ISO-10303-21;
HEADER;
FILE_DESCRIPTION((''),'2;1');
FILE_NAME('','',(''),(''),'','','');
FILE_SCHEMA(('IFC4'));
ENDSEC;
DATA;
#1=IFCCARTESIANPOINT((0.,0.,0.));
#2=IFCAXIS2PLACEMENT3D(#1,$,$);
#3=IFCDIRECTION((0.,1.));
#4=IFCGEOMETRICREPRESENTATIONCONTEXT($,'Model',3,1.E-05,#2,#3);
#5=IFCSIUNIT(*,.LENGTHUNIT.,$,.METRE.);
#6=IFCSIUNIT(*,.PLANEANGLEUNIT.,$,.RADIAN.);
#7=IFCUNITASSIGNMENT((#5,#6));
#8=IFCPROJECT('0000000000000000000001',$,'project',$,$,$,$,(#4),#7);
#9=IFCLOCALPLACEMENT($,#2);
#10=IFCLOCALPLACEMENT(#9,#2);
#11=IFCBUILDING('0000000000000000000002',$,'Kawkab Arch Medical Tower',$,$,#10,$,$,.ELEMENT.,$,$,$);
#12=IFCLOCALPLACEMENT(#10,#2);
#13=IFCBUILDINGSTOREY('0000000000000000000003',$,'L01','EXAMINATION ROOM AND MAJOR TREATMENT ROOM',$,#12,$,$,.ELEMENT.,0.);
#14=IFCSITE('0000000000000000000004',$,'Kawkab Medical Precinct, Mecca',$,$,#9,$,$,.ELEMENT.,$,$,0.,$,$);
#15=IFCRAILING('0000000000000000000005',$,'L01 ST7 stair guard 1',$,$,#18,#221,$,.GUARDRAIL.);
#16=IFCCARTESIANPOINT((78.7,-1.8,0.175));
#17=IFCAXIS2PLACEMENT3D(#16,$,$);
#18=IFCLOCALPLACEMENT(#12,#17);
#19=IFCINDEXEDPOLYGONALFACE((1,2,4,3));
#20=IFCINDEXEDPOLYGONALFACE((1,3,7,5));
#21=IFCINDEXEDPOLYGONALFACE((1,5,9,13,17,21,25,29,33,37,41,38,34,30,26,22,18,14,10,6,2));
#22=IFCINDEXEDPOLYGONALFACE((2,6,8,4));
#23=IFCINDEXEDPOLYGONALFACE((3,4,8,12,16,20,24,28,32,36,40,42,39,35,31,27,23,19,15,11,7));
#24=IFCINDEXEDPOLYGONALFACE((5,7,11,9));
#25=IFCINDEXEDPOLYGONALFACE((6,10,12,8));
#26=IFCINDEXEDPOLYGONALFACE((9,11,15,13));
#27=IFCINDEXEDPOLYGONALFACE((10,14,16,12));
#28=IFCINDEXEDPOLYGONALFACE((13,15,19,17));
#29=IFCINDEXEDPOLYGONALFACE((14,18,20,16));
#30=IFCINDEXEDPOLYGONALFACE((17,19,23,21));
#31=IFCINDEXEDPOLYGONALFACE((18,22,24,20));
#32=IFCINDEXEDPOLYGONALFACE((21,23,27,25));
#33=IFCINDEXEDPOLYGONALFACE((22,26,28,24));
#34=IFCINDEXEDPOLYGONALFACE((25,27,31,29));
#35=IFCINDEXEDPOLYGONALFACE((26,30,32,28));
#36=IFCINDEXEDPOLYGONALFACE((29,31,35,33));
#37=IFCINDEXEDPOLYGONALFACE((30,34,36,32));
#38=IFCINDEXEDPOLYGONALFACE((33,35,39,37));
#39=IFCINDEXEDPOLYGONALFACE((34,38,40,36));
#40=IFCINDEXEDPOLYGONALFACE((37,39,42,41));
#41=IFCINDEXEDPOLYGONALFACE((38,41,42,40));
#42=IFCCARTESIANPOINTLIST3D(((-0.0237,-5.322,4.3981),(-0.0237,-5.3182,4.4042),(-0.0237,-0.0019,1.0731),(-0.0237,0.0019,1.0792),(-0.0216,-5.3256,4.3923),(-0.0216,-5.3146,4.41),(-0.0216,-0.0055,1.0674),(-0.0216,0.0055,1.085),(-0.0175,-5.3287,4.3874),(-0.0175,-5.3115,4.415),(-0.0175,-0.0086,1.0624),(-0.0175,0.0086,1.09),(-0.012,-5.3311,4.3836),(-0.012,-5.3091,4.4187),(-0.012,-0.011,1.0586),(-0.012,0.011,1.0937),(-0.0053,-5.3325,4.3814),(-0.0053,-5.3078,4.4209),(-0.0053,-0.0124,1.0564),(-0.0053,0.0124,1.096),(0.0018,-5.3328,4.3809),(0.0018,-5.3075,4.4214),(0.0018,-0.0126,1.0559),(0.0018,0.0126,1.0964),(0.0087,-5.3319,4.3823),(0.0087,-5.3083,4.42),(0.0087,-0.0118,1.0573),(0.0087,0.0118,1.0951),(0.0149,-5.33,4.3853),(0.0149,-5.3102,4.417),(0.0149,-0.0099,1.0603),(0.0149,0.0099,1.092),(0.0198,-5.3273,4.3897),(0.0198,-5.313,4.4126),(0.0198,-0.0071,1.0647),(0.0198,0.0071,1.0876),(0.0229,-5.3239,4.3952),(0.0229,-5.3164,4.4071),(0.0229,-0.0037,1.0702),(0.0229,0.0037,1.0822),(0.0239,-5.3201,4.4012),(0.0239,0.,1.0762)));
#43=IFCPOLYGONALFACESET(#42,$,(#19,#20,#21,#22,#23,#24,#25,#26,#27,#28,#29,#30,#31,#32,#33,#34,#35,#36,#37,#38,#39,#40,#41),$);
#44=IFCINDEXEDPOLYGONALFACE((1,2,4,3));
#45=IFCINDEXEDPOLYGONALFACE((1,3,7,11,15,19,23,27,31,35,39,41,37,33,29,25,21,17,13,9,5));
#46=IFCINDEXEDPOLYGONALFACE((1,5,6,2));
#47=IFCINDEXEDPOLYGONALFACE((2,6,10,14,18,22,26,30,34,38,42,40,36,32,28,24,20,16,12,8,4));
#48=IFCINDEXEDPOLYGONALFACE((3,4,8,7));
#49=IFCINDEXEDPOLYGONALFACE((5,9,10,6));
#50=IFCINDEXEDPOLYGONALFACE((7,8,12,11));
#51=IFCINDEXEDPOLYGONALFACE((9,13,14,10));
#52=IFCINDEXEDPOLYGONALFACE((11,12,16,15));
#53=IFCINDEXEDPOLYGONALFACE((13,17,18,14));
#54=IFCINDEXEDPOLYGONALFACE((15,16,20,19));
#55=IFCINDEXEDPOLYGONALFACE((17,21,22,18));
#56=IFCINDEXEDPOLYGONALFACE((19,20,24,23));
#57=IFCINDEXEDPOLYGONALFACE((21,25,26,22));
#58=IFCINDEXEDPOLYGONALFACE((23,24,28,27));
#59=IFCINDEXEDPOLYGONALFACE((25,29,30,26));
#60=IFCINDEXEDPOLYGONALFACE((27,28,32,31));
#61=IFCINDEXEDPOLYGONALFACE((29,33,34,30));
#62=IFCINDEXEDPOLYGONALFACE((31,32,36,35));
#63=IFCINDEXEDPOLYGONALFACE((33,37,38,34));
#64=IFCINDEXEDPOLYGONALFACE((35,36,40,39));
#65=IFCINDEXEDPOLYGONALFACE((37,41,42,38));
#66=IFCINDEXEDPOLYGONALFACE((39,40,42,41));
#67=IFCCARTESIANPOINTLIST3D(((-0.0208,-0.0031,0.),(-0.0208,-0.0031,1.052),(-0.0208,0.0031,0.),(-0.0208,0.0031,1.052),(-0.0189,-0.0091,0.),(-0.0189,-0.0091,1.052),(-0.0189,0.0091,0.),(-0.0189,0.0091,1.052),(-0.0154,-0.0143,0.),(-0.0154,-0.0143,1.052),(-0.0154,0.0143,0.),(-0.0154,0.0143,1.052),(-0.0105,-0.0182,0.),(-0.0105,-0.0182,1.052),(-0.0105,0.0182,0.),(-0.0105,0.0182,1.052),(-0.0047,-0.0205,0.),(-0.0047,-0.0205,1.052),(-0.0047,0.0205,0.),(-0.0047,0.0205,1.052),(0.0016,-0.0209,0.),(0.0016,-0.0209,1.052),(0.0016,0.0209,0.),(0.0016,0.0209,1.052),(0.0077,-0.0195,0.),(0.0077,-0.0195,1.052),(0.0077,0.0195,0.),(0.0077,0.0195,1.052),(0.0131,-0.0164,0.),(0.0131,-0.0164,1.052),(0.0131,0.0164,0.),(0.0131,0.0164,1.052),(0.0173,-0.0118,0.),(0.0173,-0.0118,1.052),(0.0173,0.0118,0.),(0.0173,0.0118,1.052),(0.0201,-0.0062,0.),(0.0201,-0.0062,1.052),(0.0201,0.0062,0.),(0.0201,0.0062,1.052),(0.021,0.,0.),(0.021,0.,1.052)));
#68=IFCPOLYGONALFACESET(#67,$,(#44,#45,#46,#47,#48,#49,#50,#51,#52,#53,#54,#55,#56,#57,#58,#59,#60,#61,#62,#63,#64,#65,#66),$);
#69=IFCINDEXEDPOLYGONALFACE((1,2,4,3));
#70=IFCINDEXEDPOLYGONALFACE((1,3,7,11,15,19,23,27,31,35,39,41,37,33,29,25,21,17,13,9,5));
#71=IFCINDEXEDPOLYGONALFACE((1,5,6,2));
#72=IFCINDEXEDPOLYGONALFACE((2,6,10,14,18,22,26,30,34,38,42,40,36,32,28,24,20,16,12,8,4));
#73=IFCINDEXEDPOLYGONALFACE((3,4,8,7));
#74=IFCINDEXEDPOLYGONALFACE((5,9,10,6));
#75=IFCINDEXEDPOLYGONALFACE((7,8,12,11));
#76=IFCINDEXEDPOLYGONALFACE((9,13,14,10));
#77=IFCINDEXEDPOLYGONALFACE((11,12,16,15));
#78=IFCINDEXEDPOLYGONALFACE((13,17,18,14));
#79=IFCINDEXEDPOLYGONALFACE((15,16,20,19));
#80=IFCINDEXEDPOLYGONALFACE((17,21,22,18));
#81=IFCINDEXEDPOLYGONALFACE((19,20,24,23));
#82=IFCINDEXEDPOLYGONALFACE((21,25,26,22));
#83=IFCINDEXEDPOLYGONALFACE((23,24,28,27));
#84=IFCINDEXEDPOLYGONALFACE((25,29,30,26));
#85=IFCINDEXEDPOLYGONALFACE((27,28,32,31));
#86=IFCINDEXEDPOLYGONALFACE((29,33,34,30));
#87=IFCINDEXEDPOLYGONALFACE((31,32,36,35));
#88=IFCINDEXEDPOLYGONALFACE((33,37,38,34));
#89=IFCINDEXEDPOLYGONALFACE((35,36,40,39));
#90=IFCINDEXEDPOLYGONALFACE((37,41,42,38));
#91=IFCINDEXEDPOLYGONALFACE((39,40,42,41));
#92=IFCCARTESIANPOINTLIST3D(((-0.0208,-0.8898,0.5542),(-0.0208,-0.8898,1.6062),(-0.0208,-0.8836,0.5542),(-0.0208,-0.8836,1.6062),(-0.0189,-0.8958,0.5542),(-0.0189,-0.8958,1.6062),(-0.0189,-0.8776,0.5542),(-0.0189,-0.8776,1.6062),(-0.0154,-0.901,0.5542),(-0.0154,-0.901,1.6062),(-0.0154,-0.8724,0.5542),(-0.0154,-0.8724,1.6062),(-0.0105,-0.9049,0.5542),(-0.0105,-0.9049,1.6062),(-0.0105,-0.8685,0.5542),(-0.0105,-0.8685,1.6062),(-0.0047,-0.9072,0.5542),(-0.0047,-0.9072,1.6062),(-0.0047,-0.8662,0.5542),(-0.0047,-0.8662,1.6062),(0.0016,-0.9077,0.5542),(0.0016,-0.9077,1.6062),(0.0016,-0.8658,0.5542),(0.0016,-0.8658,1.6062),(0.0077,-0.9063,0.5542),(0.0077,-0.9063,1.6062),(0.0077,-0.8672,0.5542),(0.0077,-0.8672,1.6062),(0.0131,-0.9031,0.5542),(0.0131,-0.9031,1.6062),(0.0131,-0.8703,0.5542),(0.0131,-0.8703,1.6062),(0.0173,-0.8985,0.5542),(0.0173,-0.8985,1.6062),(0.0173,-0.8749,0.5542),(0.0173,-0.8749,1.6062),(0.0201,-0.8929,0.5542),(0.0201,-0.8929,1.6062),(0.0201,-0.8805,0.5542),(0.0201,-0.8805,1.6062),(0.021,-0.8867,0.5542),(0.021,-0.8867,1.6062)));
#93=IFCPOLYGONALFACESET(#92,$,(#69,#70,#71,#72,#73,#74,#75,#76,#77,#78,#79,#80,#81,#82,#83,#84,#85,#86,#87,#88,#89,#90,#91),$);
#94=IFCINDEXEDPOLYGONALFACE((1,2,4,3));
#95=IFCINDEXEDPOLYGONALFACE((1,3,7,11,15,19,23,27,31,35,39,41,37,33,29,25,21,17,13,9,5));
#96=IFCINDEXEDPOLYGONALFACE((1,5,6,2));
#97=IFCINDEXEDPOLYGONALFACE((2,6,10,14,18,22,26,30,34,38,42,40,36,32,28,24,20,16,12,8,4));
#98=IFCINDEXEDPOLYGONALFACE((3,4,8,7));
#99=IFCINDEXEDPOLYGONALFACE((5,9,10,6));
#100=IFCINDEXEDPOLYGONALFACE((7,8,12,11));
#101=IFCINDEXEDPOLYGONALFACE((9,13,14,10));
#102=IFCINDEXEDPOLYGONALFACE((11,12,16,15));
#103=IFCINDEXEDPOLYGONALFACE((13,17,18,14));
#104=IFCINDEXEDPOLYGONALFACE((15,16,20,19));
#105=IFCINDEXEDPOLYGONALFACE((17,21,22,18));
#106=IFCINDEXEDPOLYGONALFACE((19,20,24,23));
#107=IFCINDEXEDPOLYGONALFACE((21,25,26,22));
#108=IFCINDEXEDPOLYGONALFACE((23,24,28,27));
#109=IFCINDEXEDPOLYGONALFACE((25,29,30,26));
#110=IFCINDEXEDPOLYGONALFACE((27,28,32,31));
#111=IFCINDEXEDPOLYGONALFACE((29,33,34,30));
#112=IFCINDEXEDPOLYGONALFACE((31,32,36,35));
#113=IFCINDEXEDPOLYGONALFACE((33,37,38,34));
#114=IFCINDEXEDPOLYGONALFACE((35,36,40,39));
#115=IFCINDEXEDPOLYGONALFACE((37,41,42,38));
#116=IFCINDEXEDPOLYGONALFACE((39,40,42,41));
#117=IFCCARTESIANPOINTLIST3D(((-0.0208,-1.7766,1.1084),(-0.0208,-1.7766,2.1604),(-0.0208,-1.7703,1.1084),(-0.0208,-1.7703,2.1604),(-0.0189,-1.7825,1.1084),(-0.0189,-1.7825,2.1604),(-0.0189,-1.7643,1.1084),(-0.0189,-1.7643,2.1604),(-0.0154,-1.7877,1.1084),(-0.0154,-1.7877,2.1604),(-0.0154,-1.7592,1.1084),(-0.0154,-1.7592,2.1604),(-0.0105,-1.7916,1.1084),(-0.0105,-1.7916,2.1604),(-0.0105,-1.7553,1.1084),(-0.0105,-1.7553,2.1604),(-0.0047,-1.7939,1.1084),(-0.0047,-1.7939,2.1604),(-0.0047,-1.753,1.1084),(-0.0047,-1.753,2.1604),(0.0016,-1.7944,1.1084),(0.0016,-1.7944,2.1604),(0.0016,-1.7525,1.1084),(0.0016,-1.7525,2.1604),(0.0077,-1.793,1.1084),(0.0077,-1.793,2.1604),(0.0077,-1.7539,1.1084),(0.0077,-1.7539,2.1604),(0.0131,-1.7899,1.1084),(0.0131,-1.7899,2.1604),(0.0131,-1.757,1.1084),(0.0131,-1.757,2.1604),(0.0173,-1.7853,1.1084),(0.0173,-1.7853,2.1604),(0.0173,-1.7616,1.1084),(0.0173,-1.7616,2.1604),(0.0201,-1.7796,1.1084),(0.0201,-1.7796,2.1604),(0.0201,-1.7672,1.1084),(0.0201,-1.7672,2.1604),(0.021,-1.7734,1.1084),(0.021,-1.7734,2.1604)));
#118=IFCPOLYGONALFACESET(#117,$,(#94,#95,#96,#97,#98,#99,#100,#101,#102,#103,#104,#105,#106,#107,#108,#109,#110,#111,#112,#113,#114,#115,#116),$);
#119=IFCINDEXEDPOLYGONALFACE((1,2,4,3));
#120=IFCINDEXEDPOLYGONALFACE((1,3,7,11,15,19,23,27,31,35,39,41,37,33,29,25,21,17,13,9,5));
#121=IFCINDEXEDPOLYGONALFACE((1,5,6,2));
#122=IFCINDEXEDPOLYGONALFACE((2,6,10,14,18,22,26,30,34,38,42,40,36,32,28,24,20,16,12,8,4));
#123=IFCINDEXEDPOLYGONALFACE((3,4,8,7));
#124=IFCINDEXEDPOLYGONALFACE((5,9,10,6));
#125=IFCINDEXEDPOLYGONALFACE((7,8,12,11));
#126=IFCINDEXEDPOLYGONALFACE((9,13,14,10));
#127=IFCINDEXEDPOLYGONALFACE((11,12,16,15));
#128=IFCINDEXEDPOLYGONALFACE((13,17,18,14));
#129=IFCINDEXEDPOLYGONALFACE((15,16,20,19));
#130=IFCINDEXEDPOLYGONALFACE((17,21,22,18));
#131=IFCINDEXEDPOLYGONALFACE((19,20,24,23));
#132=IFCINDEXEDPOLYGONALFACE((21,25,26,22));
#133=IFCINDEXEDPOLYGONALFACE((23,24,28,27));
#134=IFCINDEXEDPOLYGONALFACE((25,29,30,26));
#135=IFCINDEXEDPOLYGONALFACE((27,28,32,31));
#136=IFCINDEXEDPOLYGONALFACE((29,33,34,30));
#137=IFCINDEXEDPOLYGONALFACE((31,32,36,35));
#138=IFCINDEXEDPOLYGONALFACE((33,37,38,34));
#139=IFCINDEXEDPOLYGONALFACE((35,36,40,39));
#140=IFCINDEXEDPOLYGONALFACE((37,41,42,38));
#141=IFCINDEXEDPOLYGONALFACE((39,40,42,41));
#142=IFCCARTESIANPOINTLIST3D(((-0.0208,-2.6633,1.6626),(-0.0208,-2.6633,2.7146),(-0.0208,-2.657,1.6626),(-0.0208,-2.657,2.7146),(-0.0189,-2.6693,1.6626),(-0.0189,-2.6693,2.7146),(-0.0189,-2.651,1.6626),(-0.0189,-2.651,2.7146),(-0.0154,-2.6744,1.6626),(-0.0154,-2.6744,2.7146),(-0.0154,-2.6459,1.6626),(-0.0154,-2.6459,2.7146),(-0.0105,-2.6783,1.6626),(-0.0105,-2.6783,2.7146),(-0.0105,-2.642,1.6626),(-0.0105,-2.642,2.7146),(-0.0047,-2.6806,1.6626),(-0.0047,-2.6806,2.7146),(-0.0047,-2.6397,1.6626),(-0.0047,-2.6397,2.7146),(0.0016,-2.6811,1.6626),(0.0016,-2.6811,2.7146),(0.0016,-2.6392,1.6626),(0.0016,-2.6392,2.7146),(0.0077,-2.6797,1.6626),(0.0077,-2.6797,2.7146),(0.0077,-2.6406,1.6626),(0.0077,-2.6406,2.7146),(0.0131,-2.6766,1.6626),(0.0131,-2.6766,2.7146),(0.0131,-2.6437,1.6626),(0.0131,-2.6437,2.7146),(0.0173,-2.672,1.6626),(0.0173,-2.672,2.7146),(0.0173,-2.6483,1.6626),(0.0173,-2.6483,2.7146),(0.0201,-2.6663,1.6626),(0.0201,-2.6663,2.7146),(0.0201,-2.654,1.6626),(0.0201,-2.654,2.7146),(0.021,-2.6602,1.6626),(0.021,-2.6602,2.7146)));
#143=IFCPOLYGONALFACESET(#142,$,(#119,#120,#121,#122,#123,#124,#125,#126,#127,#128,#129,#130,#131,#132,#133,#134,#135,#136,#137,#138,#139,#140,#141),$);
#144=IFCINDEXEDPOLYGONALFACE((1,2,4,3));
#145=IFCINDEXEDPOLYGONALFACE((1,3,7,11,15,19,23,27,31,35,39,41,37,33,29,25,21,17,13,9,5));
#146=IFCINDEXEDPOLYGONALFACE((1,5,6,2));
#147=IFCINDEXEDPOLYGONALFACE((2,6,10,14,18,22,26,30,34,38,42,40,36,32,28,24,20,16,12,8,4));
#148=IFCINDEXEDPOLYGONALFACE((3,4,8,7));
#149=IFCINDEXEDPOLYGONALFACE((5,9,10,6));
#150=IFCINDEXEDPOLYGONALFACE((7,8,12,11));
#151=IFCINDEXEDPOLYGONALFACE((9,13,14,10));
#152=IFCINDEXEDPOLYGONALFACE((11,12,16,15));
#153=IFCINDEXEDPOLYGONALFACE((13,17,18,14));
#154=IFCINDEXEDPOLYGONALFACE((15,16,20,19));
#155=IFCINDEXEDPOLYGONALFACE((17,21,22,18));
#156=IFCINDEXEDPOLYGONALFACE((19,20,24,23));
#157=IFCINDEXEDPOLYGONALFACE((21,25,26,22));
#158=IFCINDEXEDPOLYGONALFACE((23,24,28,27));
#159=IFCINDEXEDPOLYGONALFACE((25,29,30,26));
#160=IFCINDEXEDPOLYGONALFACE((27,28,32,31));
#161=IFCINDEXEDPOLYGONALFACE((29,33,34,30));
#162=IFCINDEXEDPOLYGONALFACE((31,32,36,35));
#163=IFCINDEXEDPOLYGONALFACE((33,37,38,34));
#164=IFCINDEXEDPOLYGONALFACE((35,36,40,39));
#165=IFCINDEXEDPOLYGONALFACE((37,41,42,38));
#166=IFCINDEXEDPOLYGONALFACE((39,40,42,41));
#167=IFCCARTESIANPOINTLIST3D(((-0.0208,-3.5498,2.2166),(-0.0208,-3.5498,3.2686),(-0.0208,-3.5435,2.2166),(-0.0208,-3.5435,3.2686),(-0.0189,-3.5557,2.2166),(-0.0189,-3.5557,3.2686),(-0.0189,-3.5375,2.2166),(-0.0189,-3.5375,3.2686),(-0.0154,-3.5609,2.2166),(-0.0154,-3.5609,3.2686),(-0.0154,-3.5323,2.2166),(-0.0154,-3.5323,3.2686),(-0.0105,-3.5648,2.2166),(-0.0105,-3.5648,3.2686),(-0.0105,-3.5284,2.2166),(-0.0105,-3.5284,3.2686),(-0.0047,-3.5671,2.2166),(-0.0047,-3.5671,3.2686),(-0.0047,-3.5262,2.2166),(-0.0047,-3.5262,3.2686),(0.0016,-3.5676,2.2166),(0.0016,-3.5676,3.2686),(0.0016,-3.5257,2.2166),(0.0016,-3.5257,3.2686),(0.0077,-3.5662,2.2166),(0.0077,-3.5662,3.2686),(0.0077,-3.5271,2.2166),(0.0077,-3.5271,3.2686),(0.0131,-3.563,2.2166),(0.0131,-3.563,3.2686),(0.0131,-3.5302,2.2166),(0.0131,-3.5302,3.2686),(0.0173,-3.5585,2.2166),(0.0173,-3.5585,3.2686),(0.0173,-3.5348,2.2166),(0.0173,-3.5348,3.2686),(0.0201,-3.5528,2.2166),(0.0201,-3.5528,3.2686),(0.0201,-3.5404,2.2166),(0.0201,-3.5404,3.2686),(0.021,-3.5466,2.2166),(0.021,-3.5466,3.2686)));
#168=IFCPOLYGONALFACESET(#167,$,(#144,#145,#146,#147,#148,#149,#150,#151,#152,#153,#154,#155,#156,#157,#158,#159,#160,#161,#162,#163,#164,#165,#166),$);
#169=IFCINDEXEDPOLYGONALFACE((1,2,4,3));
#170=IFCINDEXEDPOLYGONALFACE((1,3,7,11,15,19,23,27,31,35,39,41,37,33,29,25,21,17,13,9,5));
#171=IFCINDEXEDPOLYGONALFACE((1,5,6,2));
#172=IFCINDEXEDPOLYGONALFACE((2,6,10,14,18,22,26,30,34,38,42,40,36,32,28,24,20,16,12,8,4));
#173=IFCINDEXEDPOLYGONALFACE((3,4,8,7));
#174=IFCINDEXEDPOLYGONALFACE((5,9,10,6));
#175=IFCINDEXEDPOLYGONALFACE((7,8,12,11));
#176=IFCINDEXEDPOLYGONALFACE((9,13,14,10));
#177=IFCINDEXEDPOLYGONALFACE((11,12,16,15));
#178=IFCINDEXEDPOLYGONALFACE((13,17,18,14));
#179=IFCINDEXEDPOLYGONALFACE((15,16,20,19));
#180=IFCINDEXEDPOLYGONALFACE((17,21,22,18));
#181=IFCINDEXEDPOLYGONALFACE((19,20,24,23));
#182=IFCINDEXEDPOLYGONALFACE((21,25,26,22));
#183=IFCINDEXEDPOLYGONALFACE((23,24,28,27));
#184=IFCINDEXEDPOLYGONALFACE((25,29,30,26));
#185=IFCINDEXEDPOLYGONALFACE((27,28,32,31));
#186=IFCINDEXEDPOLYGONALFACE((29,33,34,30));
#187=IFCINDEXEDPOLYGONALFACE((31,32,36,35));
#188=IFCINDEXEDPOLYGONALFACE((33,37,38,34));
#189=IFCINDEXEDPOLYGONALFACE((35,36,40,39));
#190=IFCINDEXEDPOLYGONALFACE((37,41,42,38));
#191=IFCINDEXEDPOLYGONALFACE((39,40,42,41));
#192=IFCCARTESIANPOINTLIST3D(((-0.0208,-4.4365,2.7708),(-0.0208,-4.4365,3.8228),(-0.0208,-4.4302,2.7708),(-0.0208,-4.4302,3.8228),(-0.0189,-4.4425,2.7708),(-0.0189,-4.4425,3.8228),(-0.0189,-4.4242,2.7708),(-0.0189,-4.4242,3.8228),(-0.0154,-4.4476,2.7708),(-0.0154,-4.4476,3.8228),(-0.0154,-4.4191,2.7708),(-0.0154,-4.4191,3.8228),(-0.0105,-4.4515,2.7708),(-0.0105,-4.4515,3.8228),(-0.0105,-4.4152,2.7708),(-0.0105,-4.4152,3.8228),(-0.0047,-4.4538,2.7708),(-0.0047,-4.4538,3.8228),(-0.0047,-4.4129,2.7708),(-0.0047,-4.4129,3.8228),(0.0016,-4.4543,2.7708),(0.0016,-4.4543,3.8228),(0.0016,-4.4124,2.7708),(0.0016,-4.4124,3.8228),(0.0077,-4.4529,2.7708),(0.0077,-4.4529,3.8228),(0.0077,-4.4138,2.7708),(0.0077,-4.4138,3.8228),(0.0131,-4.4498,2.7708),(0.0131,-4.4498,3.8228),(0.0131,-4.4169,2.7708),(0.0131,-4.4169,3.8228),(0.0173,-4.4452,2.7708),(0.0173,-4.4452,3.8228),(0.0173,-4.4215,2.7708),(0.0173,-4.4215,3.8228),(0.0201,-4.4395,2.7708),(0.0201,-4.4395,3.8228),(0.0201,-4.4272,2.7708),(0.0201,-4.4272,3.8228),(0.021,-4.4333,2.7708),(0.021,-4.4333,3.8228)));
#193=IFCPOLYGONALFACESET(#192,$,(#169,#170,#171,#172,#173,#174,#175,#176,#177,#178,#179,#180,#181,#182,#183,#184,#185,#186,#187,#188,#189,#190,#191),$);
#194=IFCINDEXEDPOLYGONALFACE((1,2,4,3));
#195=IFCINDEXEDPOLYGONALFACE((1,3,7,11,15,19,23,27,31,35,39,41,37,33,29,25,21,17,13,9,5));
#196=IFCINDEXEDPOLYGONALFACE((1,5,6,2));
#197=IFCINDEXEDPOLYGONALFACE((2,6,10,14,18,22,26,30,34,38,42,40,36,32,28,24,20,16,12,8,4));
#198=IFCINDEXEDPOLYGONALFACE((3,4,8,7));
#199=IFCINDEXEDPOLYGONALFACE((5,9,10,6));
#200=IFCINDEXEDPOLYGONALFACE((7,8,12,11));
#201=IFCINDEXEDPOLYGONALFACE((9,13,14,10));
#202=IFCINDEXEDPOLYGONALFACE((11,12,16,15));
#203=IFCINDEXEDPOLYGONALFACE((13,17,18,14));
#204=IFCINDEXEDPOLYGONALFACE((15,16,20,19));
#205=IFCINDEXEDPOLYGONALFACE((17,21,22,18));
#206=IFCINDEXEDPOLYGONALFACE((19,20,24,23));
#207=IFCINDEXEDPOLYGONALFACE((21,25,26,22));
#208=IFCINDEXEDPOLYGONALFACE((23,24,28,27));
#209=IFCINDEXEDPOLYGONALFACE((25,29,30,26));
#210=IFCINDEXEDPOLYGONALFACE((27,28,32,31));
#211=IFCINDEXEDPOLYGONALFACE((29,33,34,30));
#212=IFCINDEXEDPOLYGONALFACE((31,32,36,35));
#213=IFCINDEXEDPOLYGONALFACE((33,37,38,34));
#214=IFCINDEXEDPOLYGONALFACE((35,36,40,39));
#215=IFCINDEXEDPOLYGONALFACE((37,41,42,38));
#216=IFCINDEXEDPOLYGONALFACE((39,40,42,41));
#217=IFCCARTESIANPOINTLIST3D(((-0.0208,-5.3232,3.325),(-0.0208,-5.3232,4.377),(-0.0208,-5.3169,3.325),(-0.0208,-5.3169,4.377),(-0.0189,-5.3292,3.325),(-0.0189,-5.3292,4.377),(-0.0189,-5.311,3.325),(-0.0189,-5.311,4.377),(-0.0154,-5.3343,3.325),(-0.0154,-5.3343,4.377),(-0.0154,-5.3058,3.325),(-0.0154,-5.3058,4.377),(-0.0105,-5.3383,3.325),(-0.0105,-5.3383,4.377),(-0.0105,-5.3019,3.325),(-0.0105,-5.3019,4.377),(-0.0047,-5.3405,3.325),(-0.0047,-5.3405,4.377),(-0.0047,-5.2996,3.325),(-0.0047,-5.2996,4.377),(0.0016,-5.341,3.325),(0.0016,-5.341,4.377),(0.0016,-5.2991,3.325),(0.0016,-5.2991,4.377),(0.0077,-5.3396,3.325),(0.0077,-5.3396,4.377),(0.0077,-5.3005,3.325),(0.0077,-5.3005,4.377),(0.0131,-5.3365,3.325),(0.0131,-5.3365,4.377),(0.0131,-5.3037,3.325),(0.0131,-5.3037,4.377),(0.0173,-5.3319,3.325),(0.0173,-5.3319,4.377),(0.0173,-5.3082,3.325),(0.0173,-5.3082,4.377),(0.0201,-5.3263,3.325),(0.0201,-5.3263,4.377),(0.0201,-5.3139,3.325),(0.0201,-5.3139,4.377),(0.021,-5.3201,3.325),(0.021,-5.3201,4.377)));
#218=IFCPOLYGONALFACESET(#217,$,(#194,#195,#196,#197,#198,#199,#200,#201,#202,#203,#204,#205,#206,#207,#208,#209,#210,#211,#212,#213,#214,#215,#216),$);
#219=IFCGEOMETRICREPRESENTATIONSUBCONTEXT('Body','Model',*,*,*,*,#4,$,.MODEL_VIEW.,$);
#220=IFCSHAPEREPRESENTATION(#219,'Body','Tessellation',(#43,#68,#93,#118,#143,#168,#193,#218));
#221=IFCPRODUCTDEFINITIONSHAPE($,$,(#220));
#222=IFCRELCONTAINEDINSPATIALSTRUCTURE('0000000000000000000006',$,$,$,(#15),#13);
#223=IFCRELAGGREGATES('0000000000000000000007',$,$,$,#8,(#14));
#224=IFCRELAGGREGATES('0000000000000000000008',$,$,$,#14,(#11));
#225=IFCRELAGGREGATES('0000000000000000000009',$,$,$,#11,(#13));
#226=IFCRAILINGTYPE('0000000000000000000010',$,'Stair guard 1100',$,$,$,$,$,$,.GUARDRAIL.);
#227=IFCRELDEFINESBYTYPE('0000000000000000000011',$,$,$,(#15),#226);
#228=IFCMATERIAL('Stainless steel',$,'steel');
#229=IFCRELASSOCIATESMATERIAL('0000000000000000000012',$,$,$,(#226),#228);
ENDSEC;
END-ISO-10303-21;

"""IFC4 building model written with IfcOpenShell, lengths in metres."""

from ifc_helpers import new_model, si_unit, direction, frame, origin, origin_2d, place, context, subcontext, project, spatial, circle, extrude, material, type_object, element, save


model = new_model("IFC4")

# Units and contexts
model_context = context("Model", 3, precision=1e-05, world=origin(), true_north=direction((0.0, 1.0)))
body_context = subcontext(model_context, "Body", "Model", "MODEL_VIEW")
ifc_project = project(units=[si_unit("LENGTHUNIT", "METRE"), si_unit("PLANEANGLEUNIT", "RADIAN")], contexts=[model_context])

# Site, building, storey
site_placement = place(None, origin())
site = spatial("IfcSite", under=ifc_project, at=site_placement, Name="Kawkab Medical Precinct, Mecca", CompositionType="ELEMENT", RefElevation=0.0)
building_placement = place(site_placement, origin())
building = spatial("IfcBuilding", under=site, at=building_placement, Name="Kawkab Arch Medical Tower", CompositionType="ELEMENT")
storey_placement = place(building_placement, origin())
storey = spatial("IfcBuildingStorey", under=building, at=storey_placement, Name="L01", Description="EXAMINATION ROOM AND MAJOR TREATMENT ROOM", CompositionType="ELEMENT", Elevation=0.0)

# Railing
ifc_material_1 = material(Name="Stainless steel", Category="steel")
railing_type = type_object("IfcRailingType", Name="Stair guard 1100", PredefinedType="GUARDRAIL", material=ifc_material_1)
railing_1_placement = place(storey_placement, frame((78.7, -1.8, 0.175)))
element("IfcRailing", 1, at=railing_1_placement, inside=storey, type_object=railing_type, Name="L01 ST7 stair guard 1", PredefinedType="GUARDRAIL", context=body_context, shape_type="SweptSolid", body=[
    extrude(circle(Radius=0.0239, at=origin_2d()), frame((0.0, 0.0, 1.0762), z_axis=(0.0, -0.848005, 0.529988), x_axis=(1.0, 0.0, 0.0)), (0.0, 0.0, 1.0), 6.2737),
    extrude(circle(Radius=0.021, at=origin_2d()), origin(), (0.0, 0.0, 1.0), 1.052),
    extrude(circle(Radius=0.021, at=origin_2d()), frame((0.0, -0.8867, 0.5542)), (0.0, 0.0, 1.0), 1.052),
    extrude(circle(Radius=0.021, at=origin_2d()), frame((0.0, -1.7734, 1.1084)), (0.0, 0.0, 1.0), 1.052),
    extrude(circle(Radius=0.021, at=origin_2d()), frame((0.0, -2.6602, 1.6626)), (0.0, 0.0, 1.0), 1.052),
    extrude(circle(Radius=0.021, at=origin_2d()), frame((0.0, -3.5466, 2.2166)), (0.0, 0.0, 1.0), 1.052),
    extrude(circle(Radius=0.021, at=origin_2d()), frame((0.0, -4.4333, 2.7708)), (0.0, 0.0, 1.0), 1.052),
    extrude(circle(Radius=0.021, at=origin_2d()), frame((0.0, -5.3201, 3.325)), (0.0, 0.0, 1.0), 1.052),
])

save(model, "model.ifc")
